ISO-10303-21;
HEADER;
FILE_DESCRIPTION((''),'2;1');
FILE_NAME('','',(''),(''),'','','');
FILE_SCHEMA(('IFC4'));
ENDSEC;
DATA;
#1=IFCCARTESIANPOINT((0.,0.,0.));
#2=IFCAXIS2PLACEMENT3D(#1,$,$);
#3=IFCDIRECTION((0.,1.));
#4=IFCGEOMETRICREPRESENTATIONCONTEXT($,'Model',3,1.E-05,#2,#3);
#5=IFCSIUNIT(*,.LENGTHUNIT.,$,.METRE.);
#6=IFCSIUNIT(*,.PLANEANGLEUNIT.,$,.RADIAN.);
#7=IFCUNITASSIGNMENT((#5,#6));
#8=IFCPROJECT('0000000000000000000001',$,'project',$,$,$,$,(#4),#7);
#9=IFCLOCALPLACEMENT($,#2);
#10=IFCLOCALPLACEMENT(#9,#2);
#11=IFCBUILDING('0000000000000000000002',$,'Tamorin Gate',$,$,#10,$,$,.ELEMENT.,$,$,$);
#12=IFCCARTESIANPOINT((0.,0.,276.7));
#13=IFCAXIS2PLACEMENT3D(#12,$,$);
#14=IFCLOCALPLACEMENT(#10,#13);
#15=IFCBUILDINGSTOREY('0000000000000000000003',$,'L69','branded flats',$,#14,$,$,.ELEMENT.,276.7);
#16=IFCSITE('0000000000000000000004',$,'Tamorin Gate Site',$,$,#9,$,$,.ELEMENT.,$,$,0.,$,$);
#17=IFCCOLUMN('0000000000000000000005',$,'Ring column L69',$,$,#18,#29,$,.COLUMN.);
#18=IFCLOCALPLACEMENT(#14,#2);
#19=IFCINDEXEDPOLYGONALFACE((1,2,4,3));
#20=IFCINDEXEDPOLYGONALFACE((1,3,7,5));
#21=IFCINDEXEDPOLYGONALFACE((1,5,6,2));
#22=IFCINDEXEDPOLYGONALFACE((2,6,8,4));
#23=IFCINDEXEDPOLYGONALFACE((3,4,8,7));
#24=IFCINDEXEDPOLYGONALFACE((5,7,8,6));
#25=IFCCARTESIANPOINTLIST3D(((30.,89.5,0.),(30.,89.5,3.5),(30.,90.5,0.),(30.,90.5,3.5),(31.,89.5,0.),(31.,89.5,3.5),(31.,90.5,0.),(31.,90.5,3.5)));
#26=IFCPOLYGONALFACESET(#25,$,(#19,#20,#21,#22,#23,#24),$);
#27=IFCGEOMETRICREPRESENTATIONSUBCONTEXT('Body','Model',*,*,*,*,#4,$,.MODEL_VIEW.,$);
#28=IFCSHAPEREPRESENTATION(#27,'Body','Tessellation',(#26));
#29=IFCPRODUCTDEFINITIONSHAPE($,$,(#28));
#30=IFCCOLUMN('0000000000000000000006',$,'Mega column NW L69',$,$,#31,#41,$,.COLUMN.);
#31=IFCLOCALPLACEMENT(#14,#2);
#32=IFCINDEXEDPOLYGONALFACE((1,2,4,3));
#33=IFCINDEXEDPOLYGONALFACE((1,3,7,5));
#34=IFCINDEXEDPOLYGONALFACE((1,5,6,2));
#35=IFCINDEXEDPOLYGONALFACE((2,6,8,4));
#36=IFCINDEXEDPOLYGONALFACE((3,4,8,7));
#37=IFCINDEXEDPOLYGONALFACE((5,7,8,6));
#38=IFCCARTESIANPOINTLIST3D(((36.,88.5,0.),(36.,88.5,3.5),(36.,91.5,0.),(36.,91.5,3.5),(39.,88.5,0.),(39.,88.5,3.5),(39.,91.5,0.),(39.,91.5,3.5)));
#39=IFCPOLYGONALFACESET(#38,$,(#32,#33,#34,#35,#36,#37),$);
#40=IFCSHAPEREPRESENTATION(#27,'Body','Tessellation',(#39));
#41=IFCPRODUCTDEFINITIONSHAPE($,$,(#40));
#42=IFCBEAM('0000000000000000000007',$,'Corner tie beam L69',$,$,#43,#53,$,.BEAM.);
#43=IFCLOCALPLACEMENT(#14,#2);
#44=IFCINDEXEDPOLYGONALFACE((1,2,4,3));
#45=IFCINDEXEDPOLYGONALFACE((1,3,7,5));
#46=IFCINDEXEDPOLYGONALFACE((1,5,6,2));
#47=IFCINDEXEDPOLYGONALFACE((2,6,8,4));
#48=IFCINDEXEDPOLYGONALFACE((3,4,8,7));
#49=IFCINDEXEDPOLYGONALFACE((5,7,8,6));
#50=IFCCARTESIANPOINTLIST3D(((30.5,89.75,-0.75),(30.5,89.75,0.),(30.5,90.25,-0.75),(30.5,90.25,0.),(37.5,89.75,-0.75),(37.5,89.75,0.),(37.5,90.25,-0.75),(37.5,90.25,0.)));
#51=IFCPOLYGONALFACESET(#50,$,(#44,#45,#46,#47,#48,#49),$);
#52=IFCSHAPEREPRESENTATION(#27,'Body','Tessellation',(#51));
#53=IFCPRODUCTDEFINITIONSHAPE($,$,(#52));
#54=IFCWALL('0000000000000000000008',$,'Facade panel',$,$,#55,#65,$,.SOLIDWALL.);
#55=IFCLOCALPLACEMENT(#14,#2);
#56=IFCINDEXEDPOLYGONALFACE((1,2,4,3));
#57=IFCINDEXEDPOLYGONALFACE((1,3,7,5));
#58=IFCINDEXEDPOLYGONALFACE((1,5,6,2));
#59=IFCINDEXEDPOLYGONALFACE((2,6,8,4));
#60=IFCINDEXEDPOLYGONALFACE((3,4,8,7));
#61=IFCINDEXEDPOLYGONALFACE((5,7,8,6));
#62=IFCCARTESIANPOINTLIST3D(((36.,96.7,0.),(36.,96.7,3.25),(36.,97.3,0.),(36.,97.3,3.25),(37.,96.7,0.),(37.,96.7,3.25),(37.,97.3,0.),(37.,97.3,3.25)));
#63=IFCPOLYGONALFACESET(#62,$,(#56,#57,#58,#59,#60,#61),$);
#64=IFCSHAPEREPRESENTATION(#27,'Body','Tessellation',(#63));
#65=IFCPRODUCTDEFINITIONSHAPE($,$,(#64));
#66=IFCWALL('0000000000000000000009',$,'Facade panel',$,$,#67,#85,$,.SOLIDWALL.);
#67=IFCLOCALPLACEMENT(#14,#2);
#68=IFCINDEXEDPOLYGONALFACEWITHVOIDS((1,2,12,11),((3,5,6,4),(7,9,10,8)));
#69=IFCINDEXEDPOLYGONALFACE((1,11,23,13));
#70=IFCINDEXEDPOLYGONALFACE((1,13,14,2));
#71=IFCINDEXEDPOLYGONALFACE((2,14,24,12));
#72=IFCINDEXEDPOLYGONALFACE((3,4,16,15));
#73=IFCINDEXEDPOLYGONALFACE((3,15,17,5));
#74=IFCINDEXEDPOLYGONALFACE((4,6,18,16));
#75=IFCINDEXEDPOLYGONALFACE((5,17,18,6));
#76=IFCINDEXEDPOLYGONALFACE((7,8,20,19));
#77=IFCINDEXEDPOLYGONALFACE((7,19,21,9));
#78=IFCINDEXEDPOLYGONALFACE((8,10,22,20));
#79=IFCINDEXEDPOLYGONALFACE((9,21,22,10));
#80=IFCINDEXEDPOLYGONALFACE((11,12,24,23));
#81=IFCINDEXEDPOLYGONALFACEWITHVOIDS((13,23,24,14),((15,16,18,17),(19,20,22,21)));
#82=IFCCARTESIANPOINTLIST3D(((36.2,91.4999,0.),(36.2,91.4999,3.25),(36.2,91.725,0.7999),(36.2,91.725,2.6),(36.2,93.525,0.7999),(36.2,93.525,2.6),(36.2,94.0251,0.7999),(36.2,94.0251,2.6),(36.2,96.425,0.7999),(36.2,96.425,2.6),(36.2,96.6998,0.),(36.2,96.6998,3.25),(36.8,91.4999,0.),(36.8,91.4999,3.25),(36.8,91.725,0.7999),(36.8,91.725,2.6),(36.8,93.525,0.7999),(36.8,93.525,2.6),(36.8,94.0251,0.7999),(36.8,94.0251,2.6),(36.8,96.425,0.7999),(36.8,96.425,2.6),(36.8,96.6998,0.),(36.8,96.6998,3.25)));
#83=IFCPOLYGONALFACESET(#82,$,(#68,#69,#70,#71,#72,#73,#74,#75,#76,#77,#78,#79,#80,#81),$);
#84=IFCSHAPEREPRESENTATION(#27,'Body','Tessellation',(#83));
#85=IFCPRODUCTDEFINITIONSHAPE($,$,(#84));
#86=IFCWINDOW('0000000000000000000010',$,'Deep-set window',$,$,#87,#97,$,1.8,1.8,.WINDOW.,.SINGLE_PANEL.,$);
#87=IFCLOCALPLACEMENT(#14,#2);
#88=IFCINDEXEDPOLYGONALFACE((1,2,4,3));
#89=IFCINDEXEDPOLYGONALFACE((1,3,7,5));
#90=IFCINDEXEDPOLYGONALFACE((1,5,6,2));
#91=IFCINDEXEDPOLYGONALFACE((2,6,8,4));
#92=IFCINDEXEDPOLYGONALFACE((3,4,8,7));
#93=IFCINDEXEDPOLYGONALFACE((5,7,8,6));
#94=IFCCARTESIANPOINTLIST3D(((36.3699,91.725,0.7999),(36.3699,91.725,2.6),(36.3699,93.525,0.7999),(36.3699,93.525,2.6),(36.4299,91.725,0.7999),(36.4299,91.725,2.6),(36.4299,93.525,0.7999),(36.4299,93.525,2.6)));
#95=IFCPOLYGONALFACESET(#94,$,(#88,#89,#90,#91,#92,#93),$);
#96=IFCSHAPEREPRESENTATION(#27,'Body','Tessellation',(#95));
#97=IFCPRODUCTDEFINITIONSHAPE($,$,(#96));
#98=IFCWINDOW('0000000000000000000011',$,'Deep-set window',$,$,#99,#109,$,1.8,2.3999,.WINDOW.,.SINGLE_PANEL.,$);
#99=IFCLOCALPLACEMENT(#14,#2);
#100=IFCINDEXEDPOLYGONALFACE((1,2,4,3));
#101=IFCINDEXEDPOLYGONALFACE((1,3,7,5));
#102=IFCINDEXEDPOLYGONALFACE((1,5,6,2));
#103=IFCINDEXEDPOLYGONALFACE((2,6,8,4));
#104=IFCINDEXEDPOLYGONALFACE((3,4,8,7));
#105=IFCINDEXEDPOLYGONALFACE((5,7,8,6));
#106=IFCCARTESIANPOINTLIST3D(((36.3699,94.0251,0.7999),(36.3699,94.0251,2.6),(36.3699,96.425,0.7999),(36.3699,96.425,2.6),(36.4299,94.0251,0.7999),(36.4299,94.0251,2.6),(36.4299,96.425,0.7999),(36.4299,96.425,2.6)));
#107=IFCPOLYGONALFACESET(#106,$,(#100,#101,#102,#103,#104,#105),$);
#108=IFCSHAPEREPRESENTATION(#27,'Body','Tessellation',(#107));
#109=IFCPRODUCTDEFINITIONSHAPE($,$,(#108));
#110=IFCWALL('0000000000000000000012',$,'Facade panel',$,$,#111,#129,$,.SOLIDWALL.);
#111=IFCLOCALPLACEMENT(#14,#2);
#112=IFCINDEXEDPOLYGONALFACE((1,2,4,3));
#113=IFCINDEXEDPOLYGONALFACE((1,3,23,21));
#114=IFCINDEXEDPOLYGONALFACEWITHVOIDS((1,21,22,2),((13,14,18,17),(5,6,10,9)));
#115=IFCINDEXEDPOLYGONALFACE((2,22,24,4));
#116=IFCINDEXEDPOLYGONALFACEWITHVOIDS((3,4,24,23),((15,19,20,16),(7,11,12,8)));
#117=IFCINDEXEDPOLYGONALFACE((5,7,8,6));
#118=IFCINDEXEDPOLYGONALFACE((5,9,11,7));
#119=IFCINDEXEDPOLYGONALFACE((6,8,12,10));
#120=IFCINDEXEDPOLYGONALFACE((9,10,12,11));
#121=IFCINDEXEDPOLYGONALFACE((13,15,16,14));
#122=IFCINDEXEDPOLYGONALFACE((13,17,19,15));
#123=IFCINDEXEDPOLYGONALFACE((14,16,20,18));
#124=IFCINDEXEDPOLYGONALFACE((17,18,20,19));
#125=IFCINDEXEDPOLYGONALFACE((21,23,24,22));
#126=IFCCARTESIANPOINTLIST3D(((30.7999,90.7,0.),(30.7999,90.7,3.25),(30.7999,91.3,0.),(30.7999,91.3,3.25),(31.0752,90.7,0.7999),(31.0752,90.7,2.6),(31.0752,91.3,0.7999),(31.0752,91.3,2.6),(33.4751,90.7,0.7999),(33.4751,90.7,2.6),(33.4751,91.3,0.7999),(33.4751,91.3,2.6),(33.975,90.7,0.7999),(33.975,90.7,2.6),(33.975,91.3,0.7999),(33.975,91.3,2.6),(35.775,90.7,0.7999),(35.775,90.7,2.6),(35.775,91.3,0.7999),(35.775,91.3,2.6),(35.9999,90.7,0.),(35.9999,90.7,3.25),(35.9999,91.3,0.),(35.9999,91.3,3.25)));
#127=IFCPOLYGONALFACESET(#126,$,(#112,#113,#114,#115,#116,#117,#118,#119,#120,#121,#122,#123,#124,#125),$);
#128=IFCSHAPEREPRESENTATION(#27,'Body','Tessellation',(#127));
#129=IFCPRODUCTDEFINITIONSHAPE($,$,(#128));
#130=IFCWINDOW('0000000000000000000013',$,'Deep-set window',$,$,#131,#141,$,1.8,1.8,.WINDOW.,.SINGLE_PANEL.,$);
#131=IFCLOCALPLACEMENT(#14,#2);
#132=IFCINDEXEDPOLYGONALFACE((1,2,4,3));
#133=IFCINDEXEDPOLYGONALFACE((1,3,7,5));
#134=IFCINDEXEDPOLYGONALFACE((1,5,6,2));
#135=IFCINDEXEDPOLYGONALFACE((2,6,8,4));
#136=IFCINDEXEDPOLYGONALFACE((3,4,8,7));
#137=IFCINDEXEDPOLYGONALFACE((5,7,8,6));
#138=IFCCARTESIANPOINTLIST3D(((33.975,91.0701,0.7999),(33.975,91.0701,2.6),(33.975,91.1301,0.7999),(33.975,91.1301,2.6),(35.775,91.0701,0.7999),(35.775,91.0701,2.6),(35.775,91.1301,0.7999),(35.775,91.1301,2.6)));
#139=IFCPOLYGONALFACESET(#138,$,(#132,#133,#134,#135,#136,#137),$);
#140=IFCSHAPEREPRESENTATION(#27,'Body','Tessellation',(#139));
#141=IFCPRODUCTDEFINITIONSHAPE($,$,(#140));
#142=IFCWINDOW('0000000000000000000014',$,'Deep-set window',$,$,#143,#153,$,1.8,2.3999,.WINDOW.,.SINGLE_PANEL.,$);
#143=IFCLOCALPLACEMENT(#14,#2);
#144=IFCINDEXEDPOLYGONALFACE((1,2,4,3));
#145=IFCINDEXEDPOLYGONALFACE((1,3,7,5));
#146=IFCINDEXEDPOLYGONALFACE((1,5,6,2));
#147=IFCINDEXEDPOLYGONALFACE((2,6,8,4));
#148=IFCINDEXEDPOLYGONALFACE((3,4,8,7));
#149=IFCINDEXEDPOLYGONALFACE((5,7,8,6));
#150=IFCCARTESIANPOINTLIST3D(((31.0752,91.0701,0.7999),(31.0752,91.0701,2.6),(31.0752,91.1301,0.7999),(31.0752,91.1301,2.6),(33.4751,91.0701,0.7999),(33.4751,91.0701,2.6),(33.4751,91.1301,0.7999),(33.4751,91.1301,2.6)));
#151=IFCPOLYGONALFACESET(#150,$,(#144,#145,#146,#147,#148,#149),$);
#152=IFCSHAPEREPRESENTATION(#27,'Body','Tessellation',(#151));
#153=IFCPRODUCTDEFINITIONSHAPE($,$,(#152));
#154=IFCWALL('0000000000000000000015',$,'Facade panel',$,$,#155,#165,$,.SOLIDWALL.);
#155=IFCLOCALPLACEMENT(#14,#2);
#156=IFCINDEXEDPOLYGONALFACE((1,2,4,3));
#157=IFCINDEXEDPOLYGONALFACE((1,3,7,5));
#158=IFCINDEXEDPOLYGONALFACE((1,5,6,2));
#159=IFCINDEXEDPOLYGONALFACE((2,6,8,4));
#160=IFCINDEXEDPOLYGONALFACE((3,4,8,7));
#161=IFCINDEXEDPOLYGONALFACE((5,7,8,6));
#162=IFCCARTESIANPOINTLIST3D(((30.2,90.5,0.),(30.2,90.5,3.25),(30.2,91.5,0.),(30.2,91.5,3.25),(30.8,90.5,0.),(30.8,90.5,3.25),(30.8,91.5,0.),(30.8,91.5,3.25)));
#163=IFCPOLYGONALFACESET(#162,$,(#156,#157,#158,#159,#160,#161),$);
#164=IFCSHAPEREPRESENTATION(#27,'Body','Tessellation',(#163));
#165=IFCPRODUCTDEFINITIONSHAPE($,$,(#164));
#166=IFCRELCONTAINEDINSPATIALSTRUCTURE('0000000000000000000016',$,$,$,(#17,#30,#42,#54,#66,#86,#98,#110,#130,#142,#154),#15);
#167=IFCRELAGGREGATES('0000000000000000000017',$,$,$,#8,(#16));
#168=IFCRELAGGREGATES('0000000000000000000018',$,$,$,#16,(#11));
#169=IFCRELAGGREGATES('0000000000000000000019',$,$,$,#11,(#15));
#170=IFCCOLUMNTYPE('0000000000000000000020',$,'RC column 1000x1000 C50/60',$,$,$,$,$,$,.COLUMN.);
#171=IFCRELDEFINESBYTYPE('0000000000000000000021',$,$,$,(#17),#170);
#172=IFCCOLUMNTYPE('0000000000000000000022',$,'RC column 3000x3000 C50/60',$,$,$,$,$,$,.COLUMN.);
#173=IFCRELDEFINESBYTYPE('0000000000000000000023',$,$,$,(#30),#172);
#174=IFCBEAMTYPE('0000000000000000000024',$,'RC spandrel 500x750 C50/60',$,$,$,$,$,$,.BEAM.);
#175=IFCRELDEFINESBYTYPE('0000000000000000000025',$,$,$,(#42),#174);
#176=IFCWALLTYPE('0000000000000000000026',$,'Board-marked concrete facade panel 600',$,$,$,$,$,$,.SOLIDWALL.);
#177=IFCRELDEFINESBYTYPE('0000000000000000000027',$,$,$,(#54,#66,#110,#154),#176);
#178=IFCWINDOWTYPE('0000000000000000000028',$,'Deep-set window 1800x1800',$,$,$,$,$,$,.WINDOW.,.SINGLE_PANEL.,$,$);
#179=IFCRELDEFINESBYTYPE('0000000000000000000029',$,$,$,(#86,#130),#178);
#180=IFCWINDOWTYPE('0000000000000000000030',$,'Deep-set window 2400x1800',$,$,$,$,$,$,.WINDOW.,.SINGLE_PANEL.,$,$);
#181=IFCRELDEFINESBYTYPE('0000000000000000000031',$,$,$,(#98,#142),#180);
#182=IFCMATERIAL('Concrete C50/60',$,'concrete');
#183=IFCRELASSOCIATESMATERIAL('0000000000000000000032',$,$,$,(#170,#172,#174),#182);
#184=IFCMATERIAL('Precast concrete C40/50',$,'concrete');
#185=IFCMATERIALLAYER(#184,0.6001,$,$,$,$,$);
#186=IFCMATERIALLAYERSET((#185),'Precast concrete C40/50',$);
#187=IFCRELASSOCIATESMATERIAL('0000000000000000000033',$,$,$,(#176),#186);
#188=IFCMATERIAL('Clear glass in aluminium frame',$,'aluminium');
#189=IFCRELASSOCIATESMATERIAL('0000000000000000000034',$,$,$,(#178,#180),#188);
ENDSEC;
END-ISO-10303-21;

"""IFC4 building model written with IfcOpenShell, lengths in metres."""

from ifc_helpers import new_model, si_unit, direction, frame, frame_2d, origin, origin_2d, place, context, subcontext, project, spatial, rectangle, extrude, material, layer, layer_set, material_profile, profile_set, type_object, element, fill, save


model = new_model("IFC4")

# Units and contexts
model_context = context("Model", 3, precision=1e-05, world=origin(), true_north=direction((0.0, 1.0)))
body_context = subcontext(model_context, "Body", "Model", "MODEL_VIEW")
ifc_project = project(units=[si_unit("LENGTHUNIT", "METRE"), si_unit("PLANEANGLEUNIT", "RADIAN")], contexts=[model_context])

# Site, building, storey
site_placement = place(None, origin())
site = spatial("IfcSite", under=ifc_project, at=site_placement, Name="Tamorin Gate Site", CompositionType="ELEMENT", RefElevation=0.0)
building_placement = place(site_placement, origin())
building = spatial("IfcBuilding", under=site, at=building_placement, Name="Tamorin Gate", CompositionType="ELEMENT")
storey_placement = place(building_placement, frame((0.0, 0.0, 276.7)))
storey = spatial("IfcBuildingStorey", under=building, at=storey_placement, Name="L69", Description="branded flats", CompositionType="ELEMENT", Elevation=276.7)

# Columns
ifc_material_1 = material(Name="Concrete C50/60", Category="concrete")
ifc_material_profile_1 = material_profile(ifc_material_1, rectangle(XDim=1.0, YDim=1.0, at=origin_2d()), Name="RC 1000x1000")
ifc_profile_set_1 = profile_set([ifc_material_profile_1], Name="Concrete C50/60")
column_type_1 = type_object("IfcColumnType", Name="RC column 1000x1000 C50/60", PredefinedType="COLUMN", material=ifc_profile_set_1)
column_1_placement = place(storey_placement, frame((30.5, 90.0, 0.0), z_axis=(0.0, 0.0, 1.0), x_axis=(1.0, 0.0, 0.0)))
element("IfcColumn", 1, at=column_1_placement, inside=storey, type_object=column_type_1, Name="Ring column L69", PredefinedType="COLUMN", context=body_context, shape_type="SweptSolid", body=[
    extrude(rectangle(XDim=1.0, YDim=1.0, at=origin_2d()), origin(), (0.0, 0.0, 1.0), 3.5),
])
ifc_material_profile_2 = material_profile(ifc_material_1, rectangle(XDim=3.0, YDim=3.0, at=origin_2d()), Name="RC 3000x3000")
ifc_profile_set_2 = profile_set([ifc_material_profile_2], Name="Concrete C50/60")
column_type_2 = type_object("IfcColumnType", Name="RC column 3000x3000 C50/60", PredefinedType="COLUMN", material=ifc_profile_set_2)
column_2_placement = place(storey_placement, frame((37.5, 90.0, 0.0), z_axis=(0.0, 0.0, 1.0), x_axis=(1.0, 0.0, 0.0)))
element("IfcColumn", 2, at=column_2_placement, inside=storey, type_object=column_type_2, Name="Mega column NW L69", PredefinedType="COLUMN", context=body_context, shape_type="SweptSolid", body=[
    extrude(rectangle(XDim=3.0, YDim=3.0, at=origin_2d()), origin(), (0.0, 0.0, 1.0), 3.5),
])

# Beam
ifc_material_profile_3 = material_profile(ifc_material_1, rectangle(XDim=0.5, YDim=0.75, at=origin_2d()), Name="RC 500x750")
ifc_profile_set_3 = profile_set([ifc_material_profile_3], Name="Concrete C50/60")
beam_type = type_object("IfcBeamType", Name="RC spandrel 500x750 C50/60", PredefinedType="BEAM", material=ifc_profile_set_3)
beam_placement = place(storey_placement, frame((37.5, 90.0, -0.375), z_axis=(-1.0, 0.0, 0.0), x_axis=(0.0, -1.0, 0.0)))
element("IfcBeam", 3, at=beam_placement, inside=storey, type_object=beam_type, Name="Corner tie beam L69", PredefinedType="BEAM", context=body_context, shape_type="SweptSolid", body=[
    extrude(rectangle(XDim=0.5, YDim=0.75, at=origin_2d()), origin(), (0.0, 0.0, 1.0), 7.0),
])

# Wall
ifc_material_2 = material(Name="Precast concrete C40/50", Category="concrete")
ifc_layer_1 = layer(ifc_material_2, 0.6001)
ifc_layer_set_1 = layer_set([ifc_layer_1], Name="Precast concrete C40/50")
wall_type_1 = type_object("IfcWallType", Name="Board-marked concrete facade panel 600", PredefinedType="SOLIDWALL", material=ifc_layer_set_1)
wall_1_placement = place(storey_placement, frame((37.0, 97.0, 0.0), z_axis=(0.0, 0.0, 1.0), x_axis=(-1.0, 0.0, 0.0)))
element("IfcWall", 4, at=wall_1_placement, inside=storey, type_object=wall_type_1, Name="Facade panel", PredefinedType="SOLIDWALL", context=body_context, shape_type="SweptSolid", body=[
    extrude(rectangle(XDim=1.0, YDim=0.6001, at=frame_2d((0.5, 0.0))), origin(), (0.0, 0.0, 1.0), 3.25),
])

# Walls, openings, windows
wall_2_placement = place(storey_placement, frame((36.5, 96.7, 0.0), z_axis=(0.0, 0.0, 1.0), x_axis=(0.0, -1.0, 0.0)))
wall_2 = element("IfcWall", 5, at=wall_2_placement, inside=storey, type_object=wall_type_1, Name="Facade panel", PredefinedType="SOLIDWALL", context=body_context, shape_type="SweptSolid", body=[
    extrude(rectangle(XDim=5.2, YDim=0.6001, at=frame_2d((2.6001, 0.0))), origin(), (0.0, 0.0, 1.0), 3.25),
])
opening_1_placement = place(wall_2_placement, frame((3.175, 0.0, 0.8)))
opening_1 = element("IfcOpeningElement", 6, at=opening_1_placement, cuts=wall_2, PredefinedType="OPENING", context=body_context, shape_type="SweptSolid", body=[
    extrude(rectangle(XDim=1.8, YDim=1.8, at=frame_2d((0.8999, 0.8999))), frame((0.0, 0.3101, 0.0), z_axis=(0.0, -1.0, 0.0), x_axis=(1.0, 0.0, 0.0)), (0.0, 0.0, 1.0), 0.6201),
])
opening_2_placement = place(wall_2_placement, frame((0.2749, 0.0, 0.8)))
opening_2 = element("IfcOpeningElement", 7, at=opening_2_placement, cuts=wall_2, PredefinedType="OPENING", context=body_context, shape_type="SweptSolid", body=[
    extrude(rectangle(XDim=2.3999, YDim=1.8, at=frame_2d((1.2, 0.8999))), frame((0.0, 0.3101, 0.0), z_axis=(0.0, -1.0, 0.0), x_axis=(1.0, 0.0, 0.0)), (0.0, 0.0, 1.0), 0.6201),
])
ifc_material_3 = material(Name="Clear glass in aluminium frame", Category="aluminium")
window_type_1 = type_object("IfcWindowType", Name="Deep-set window 1800x1800", PartitioningType="SINGLE_PANEL", PredefinedType="WINDOW", material=ifc_material_3)
window_1_placement = place(opening_1_placement, origin())
window_1 = element("IfcWindow", 8, at=window_1_placement, inside=storey, type_object=window_type_1, Name="Deep-set window", OverallHeight=1.8, OverallWidth=1.8, PartitioningType="SINGLE_PANEL", PredefinedType="WINDOW", context=body_context, shape_type="SweptSolid", body=[
    extrude(rectangle(XDim=1.8, YDim=1.8, at=frame_2d((0.8999, 0.8999))), frame((0.0, -0.0701, 0.0), z_axis=(0.0, -1.0, 0.0), x_axis=(1.0, 0.0, 0.0)), (0.0, 0.0, 1.0), 0.0601),
])
fill(opening_1, window_1)
window_type_2 = type_object("IfcWindowType", Name="Deep-set window 2400x1800", PartitioningType="SINGLE_PANEL", PredefinedType="WINDOW", material=ifc_material_3)
window_2_placement = place(opening_2_placement, origin())
window_2 = element("IfcWindow", 9, at=window_2_placement, inside=storey, type_object=window_type_2, Name="Deep-set window", OverallHeight=1.8, OverallWidth=2.3999, PartitioningType="SINGLE_PANEL", PredefinedType="WINDOW", context=body_context, shape_type="SweptSolid", body=[
    extrude(rectangle(XDim=2.3999, YDim=1.8, at=frame_2d((1.2, 0.8999))), frame((0.0, -0.0701, 0.0), z_axis=(0.0, -1.0, 0.0), x_axis=(1.0, 0.0, 0.0)), (0.0, 0.0, 1.0), 0.0601),
])
fill(opening_2, window_2)
wall_3_placement = place(storey_placement, frame((36.0, 91.0, 0.0), z_axis=(0.0, 0.0, 1.0), x_axis=(-1.0, 0.0, 0.0)))
wall_3 = element("IfcWall", 10, at=wall_3_placement, inside=storey, type_object=wall_type_1, Name="Facade panel", PredefinedType="SOLIDWALL", context=body_context, shape_type="SweptSolid", body=[
    extrude(rectangle(XDim=5.2, YDim=0.6001, at=frame_2d((2.6001, 0.0))), origin(), (0.0, 0.0, 1.0), 3.25),
])
opening_3_placement = place(wall_3_placement, frame((2.5249, 0.0, 0.8)))
opening_3 = element("IfcOpeningElement", 11, at=opening_3_placement, cuts=wall_3, PredefinedType="OPENING", context=body_context, shape_type="SweptSolid", body=[
    extrude(rectangle(XDim=2.3999, YDim=1.8, at=frame_2d((1.2, 0.8999))), frame((0.0, 0.3101, 0.0), z_axis=(0.0, -1.0, 0.0), x_axis=(1.0, 0.0, 0.0)), (0.0, 0.0, 1.0), 0.6201),
])
opening_4_placement = place(wall_3_placement, frame((0.2251, 0.0, 0.8)))
opening_4 = element("IfcOpeningElement", 12, at=opening_4_placement, cuts=wall_3, PredefinedType="OPENING", context=body_context, shape_type="SweptSolid", body=[
    extrude(rectangle(XDim=1.8, YDim=1.8, at=frame_2d((0.8999, 0.8999))), frame((0.0, 0.3101, 0.0), z_axis=(0.0, -1.0, 0.0), x_axis=(1.0, 0.0, 0.0)), (0.0, 0.0, 1.0), 0.6201),
])
window_3_placement = place(opening_4_placement, origin())
window_3 = element("IfcWindow", 13, at=window_3_placement, inside=storey, type_object=window_type_1, Name="Deep-set window", OverallHeight=1.8, OverallWidth=1.8, PartitioningType="SINGLE_PANEL", PredefinedType="WINDOW", context=body_context, shape_type="SweptSolid", body=[
    extrude(rectangle(XDim=1.8, YDim=1.8, at=frame_2d((0.8999, 0.8999))), frame((0.0, -0.0701, 0.0), z_axis=(0.0, -1.0, 0.0), x_axis=(1.0, 0.0, 0.0)), (0.0, 0.0, 1.0), 0.0601),
])
fill(opening_4, window_3)
window_4_placement = place(opening_3_placement, origin())
window_4 = element("IfcWindow", 14, at=window_4_placement, inside=storey, type_object=window_type_2, Name="Deep-set window", OverallHeight=1.8, OverallWidth=2.3999, PartitioningType="SINGLE_PANEL", PredefinedType="WINDOW", context=body_context, shape_type="SweptSolid", body=[
    extrude(rectangle(XDim=2.3999, YDim=1.8, at=frame_2d((1.2, 0.8999))), frame((0.0, -0.0701, 0.0), z_axis=(0.0, -1.0, 0.0), x_axis=(1.0, 0.0, 0.0)), (0.0, 0.0, 1.0), 0.0601),
])
fill(opening_3, window_4)

# Wall
wall_4_placement = place(storey_placement, frame((30.5, 91.5, 0.0), z_axis=(0.0, 0.0, 1.0), x_axis=(0.0, -1.0, 0.0)))
element("IfcWall", 15, at=wall_4_placement, inside=storey, type_object=wall_type_1, Name="Facade panel", PredefinedType="SOLIDWALL", context=body_context, shape_type="SweptSolid", body=[
    extrude(rectangle(XDim=1.0, YDim=0.6001, at=frame_2d((0.5, 0.0))), origin(), (0.0, 0.0, 1.0), 3.25),
])

save(model, "model.ifc")
